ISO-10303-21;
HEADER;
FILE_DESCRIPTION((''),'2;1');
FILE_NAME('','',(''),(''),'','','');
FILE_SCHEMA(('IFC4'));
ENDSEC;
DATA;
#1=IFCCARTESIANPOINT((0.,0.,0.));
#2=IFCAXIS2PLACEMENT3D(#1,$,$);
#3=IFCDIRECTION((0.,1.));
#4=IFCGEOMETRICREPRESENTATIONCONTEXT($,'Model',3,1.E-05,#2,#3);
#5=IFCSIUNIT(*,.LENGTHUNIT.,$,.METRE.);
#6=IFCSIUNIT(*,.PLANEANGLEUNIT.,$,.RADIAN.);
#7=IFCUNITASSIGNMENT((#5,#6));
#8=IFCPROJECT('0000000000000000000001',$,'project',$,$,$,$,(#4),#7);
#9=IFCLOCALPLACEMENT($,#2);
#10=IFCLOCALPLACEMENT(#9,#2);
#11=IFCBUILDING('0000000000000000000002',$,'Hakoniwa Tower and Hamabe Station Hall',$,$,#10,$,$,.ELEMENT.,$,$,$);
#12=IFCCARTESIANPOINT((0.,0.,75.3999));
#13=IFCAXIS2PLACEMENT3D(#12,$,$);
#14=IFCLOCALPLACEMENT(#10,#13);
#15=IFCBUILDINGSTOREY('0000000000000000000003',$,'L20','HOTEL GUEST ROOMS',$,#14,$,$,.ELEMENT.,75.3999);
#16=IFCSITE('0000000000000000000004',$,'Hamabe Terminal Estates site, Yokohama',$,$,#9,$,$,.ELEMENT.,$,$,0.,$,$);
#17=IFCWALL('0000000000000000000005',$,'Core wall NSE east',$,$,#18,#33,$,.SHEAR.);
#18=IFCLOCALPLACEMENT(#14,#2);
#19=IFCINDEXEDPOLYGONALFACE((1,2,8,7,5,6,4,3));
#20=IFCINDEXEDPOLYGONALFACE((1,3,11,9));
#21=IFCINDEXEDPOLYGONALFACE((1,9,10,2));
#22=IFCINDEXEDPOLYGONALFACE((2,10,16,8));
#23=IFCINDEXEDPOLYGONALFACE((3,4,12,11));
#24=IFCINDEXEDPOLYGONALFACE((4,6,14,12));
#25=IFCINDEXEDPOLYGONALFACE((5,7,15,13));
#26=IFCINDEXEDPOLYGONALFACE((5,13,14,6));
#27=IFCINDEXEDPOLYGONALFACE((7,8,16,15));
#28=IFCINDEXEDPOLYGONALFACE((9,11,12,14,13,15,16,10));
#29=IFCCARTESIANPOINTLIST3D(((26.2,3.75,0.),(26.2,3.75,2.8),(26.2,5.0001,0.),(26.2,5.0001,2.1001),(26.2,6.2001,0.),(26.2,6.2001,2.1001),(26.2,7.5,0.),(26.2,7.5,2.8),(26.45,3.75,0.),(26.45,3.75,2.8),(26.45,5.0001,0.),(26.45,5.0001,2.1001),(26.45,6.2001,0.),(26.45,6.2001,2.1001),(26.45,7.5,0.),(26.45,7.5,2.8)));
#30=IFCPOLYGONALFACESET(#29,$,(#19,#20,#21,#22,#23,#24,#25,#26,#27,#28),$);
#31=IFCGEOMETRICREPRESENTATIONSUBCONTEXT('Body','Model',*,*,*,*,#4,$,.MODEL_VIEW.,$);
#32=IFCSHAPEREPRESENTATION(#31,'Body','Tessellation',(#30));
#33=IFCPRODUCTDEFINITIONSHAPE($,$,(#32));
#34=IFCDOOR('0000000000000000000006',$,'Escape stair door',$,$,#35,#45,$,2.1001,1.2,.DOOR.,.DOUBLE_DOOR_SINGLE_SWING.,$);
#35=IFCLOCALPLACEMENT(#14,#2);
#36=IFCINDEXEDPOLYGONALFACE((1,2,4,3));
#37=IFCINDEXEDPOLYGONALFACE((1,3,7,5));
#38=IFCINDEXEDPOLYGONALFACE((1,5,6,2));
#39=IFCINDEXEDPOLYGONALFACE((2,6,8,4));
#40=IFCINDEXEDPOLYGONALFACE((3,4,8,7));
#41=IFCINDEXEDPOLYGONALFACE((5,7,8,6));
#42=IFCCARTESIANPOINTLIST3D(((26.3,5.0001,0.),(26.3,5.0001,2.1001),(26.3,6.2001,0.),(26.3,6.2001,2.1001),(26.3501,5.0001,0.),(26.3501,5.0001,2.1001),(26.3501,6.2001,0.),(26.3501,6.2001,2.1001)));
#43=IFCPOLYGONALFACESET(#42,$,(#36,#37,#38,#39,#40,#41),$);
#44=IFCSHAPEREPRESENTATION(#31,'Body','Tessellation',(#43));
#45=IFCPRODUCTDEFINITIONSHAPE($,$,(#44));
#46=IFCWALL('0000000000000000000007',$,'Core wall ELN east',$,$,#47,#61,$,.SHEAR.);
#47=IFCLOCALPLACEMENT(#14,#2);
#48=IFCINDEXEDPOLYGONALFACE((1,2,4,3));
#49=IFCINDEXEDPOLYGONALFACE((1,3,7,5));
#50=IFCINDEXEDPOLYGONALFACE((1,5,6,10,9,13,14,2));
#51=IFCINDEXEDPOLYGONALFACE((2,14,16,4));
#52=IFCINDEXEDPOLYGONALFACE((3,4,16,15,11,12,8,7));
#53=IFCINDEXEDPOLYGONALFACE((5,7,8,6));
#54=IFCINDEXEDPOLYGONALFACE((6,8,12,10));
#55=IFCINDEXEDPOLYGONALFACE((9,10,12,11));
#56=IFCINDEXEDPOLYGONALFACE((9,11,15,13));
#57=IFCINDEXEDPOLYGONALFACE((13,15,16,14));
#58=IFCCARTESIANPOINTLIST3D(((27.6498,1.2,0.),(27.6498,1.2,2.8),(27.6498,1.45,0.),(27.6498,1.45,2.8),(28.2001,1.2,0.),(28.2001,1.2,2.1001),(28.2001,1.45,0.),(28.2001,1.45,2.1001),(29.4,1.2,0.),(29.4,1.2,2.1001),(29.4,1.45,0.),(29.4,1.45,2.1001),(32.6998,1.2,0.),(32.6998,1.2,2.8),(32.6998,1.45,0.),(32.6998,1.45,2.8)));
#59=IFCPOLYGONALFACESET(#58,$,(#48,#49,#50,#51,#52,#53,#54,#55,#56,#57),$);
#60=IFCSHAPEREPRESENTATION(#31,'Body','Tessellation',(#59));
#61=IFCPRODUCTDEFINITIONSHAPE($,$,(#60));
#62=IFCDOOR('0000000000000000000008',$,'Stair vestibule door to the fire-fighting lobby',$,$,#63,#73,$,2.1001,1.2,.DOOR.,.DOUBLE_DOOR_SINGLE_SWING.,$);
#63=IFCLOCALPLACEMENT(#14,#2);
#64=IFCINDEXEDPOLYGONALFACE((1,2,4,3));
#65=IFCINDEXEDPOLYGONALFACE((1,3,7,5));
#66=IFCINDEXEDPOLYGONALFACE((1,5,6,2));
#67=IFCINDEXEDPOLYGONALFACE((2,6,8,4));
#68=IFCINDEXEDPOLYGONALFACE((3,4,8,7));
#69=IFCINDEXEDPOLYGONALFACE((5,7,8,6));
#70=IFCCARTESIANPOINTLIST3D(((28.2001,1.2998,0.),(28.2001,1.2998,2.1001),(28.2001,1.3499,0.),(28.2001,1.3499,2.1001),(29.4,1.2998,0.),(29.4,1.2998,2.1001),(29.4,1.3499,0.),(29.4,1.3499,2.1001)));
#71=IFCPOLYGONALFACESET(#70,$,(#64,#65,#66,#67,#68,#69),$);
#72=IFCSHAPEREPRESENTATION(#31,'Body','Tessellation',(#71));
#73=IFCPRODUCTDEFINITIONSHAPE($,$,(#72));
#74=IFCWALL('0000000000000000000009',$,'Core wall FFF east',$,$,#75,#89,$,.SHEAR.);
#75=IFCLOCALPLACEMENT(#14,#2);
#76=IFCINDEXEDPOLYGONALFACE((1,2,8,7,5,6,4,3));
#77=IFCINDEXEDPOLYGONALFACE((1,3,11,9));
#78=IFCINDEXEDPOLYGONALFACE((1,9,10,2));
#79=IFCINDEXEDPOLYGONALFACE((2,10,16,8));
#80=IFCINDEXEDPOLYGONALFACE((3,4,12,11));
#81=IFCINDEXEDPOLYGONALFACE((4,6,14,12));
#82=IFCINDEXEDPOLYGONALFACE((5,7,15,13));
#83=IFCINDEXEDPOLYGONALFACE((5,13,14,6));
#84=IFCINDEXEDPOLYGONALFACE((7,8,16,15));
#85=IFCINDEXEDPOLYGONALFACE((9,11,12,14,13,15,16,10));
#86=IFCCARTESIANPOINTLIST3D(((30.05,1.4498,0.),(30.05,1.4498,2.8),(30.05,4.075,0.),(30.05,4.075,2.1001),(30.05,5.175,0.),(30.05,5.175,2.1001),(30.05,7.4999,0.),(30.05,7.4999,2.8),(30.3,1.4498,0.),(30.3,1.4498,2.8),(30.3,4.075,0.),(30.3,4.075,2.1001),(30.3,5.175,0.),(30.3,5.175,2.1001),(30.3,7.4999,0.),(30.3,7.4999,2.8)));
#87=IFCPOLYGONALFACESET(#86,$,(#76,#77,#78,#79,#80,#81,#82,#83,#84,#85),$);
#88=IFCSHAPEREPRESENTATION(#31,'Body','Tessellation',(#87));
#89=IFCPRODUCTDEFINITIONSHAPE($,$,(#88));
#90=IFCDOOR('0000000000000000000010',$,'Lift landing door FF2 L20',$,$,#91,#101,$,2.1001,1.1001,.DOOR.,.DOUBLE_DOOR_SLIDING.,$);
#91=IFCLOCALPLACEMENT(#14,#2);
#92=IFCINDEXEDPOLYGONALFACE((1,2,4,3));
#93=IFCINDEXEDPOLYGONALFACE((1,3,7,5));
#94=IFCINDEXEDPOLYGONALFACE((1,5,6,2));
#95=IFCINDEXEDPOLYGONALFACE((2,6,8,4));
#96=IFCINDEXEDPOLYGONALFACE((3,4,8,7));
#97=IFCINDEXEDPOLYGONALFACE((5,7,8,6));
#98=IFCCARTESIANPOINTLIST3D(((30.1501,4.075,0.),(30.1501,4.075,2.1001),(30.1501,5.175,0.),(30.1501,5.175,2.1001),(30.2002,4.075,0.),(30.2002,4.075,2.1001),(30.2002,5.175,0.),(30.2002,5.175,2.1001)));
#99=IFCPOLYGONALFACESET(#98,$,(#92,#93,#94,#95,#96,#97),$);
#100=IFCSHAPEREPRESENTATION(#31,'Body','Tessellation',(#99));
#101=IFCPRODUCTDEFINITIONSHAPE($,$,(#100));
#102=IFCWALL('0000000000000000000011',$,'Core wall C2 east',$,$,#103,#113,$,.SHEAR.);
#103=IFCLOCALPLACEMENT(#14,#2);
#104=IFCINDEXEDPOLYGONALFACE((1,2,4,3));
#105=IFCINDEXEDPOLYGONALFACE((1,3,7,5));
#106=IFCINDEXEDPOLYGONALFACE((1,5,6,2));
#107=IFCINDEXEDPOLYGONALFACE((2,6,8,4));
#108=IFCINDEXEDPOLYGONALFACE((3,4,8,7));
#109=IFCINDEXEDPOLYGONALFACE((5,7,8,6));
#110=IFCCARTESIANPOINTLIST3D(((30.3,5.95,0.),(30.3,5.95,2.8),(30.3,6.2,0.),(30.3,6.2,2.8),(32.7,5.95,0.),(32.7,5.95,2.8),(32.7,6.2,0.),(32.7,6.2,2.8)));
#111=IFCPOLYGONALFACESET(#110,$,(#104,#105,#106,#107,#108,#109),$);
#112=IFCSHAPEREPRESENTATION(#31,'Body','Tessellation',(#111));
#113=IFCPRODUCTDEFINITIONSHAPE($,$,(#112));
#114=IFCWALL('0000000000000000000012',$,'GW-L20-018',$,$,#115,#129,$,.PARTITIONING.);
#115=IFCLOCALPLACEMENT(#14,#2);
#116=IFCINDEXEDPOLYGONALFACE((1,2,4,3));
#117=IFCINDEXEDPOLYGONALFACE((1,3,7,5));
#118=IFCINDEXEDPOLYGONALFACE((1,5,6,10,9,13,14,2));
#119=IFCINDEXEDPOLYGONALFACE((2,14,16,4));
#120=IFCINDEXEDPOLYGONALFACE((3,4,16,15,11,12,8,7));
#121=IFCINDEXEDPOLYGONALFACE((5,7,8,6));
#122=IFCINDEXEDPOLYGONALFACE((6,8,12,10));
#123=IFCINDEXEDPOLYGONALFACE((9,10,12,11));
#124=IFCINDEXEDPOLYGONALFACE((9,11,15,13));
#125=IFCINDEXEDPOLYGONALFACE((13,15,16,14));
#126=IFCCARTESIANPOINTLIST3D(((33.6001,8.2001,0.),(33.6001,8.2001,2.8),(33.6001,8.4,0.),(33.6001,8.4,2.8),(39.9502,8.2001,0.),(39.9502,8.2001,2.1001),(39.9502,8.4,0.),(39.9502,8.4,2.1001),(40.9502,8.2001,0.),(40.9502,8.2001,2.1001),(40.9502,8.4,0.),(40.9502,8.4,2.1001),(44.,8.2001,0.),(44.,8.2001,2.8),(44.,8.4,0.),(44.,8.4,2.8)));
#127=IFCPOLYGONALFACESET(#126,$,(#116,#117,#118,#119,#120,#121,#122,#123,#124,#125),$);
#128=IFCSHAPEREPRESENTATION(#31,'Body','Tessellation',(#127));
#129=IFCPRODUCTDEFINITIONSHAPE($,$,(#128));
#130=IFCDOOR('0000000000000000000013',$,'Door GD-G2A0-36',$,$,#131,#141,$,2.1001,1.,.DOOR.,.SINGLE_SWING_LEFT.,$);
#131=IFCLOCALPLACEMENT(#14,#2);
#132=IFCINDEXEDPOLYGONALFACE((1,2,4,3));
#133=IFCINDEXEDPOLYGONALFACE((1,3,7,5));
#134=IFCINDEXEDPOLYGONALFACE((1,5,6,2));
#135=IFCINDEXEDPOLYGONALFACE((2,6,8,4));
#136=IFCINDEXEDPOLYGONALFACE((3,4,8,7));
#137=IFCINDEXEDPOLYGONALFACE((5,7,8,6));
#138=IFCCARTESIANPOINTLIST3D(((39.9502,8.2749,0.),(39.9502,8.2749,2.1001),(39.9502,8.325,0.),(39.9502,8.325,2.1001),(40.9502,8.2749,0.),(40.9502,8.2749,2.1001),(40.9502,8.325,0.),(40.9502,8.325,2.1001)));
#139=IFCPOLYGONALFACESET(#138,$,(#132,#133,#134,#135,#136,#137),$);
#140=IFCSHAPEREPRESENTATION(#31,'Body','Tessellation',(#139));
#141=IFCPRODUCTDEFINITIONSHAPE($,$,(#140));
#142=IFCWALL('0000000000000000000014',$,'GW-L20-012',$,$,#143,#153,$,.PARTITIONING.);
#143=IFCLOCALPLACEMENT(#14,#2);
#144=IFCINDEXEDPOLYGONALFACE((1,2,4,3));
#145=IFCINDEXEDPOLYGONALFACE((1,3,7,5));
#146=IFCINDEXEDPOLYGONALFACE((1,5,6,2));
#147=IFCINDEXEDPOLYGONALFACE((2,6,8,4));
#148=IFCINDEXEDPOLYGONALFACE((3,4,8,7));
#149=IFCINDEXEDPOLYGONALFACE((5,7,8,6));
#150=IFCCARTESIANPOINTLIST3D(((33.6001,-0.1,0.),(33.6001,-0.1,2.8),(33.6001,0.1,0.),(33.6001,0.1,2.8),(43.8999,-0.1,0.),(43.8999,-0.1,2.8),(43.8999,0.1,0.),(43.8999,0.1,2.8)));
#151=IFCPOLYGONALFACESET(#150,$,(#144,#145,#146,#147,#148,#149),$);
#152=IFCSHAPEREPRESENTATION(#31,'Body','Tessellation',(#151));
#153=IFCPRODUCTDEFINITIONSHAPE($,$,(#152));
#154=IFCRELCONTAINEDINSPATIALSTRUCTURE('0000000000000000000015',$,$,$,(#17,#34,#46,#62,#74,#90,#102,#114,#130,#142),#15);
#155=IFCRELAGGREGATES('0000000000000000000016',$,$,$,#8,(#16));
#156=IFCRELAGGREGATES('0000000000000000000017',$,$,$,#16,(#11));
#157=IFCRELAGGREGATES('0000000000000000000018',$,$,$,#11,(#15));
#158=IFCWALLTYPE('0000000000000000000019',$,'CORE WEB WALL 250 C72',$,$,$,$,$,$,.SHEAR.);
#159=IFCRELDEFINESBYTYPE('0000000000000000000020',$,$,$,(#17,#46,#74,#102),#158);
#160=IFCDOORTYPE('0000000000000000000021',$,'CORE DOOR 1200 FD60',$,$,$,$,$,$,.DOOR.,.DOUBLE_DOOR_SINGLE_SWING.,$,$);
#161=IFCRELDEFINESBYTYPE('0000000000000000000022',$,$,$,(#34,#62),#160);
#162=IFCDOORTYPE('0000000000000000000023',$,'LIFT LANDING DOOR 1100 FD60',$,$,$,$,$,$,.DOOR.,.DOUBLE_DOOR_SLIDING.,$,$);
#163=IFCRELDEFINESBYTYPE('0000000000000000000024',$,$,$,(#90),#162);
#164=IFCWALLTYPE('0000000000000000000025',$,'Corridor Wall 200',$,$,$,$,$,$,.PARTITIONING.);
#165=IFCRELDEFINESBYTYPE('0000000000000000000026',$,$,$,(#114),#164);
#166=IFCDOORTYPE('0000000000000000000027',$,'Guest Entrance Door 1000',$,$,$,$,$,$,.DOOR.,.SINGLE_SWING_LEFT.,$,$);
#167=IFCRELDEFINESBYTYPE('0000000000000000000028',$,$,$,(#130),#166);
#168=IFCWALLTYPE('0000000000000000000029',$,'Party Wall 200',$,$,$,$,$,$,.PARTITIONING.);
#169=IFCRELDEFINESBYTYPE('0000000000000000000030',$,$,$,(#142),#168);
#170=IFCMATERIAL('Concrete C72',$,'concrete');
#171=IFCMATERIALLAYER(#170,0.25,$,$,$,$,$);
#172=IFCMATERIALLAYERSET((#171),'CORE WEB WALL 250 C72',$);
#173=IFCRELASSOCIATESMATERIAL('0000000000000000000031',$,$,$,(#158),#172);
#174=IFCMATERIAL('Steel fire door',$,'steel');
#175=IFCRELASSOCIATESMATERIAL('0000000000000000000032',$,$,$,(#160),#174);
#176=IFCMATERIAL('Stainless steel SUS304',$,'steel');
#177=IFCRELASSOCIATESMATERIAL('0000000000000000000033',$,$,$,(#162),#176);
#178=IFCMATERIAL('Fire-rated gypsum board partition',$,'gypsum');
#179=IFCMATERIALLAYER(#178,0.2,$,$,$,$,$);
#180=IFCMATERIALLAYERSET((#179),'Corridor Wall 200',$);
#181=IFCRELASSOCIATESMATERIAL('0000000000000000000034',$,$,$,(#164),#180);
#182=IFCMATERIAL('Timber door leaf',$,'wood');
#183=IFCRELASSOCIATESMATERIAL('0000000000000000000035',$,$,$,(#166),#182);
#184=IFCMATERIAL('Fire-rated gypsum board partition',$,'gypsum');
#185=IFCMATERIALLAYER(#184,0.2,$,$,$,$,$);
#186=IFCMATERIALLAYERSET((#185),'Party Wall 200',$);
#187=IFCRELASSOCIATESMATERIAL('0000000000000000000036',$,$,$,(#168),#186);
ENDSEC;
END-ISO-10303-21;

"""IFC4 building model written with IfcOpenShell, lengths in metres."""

from ifc_helpers import new_model, si_unit, direction, frame, frame_2d, origin, place, context, subcontext, project, spatial, rectangle, extrude, material, layer, layer_set, type_object, element, fill, save


model = new_model("IFC4")

# Units and contexts
model_context = context("Model", 3, precision=1e-05, world=origin(), true_north=direction((0.0, 1.0)))
body_context = subcontext(model_context, "Body", "Model", "MODEL_VIEW")
ifc_project = project(units=[si_unit("LENGTHUNIT", "METRE"), si_unit("PLANEANGLEUNIT", "RADIAN")], contexts=[model_context])

# Site, building, storey
site_placement = place(None, origin())
site = spatial("IfcSite", under=ifc_project, at=site_placement, Name="Hamabe Terminal Estates site, Yokohama", CompositionType="ELEMENT", RefElevation=0.0)
building_placement = place(site_placement, origin())
building = spatial("IfcBuilding", under=site, at=building_placement, Name="Hakoniwa Tower and Hamabe Station Hall", CompositionType="ELEMENT")
storey_placement = place(building_placement, frame((0.0, 0.0, 75.3999)))
storey = spatial("IfcBuildingStorey", under=building, at=storey_placement, Name="L20", Description="HOTEL GUEST ROOMS", CompositionType="ELEMENT", Elevation=75.3999)

# Shared definitions
ifc_material_1 = material(Name="Concrete C72", Category="concrete")
ifc_layer_1 = layer(ifc_material_1, 0.25)
ifc_layer_set_1 = layer_set([ifc_layer_1], Name="CORE WEB WALL 250 C72")
wall_type_1 = type_object("IfcWallType", Name="CORE WEB WALL 250 C72", PredefinedType="SHEAR", material=ifc_layer_set_1)

# Walls, openings, doors
wall_1_placement = place(storey_placement, frame((26.325, 3.75, 0.0), z_axis=(0.0, 0.0, 1.0), x_axis=(0.0, 1.0, 0.0)))
wall_1 = element("IfcWall", 1, at=wall_1_placement, inside=storey, type_object=wall_type_1, Name="Core wall NSE east", PredefinedType="SHEAR", context=body_context, shape_type="SweptSolid", body=[
    extrude(rectangle(XDim=3.75, YDim=0.25, at=frame_2d((1.875, 0.0))), origin(), (0.0, 0.0, 1.0), 2.8),
])
opening_1_placement = place(wall_1_placement, frame((1.25, 0.0, 0.0)))
opening_1 = element("IfcOpeningElement", 2, at=opening_1_placement, cuts=wall_1, PredefinedType="OPENING", context=body_context, shape_type="SweptSolid", body=[
    extrude(rectangle(XDim=1.2, YDim=2.1001, at=frame_2d((0.6001, 1.05))), frame((0.0, 0.135, 0.0), z_axis=(0.0, -1.0, 0.0), x_axis=(1.0, 0.0, 0.0)), (0.0, 0.0, 1.0), 0.27),
])
ifc_material_2 = material(Name="Steel fire door", Category="steel")
door_type_1 = type_object("IfcDoorType", Name="CORE DOOR 1200 FD60", OperationType="DOUBLE_DOOR_SINGLE_SWING", PredefinedType="DOOR", material=ifc_material_2)
door_1_placement = place(opening_1_placement, origin())
door_1 = element("IfcDoor", 3, at=door_1_placement, inside=storey, type_object=door_type_1, Name="Escape stair door", OperationType="DOUBLE_DOOR_SINGLE_SWING", OverallHeight=2.1001, OverallWidth=1.2, PredefinedType="DOOR", context=body_context, shape_type="SweptSolid", body=[
    extrude(rectangle(XDim=1.2, YDim=2.1001, at=frame_2d((0.6001, 1.05))), frame((0.0, 0.0249, 0.0), z_axis=(0.0, -1.0, 0.0), x_axis=(1.0, 0.0, 0.0)), (0.0, 0.0, 1.0), 0.05),
])
fill(opening_1, door_1)
wall_2_placement = place(storey_placement, frame((27.6499, 1.325, 0.0), z_axis=(0.0, 0.0, 1.0), x_axis=(1.0, 0.0, 0.0)))
wall_2 = element("IfcWall", 4, at=wall_2_placement, inside=storey, type_object=wall_type_1, Name="Core wall ELN east", PredefinedType="SHEAR", context=body_context, shape_type="SweptSolid", body=[
    extrude(rectangle(XDim=5.05, YDim=0.25, at=frame_2d((2.5249, 0.0))), origin(), (0.0, 0.0, 1.0), 2.8),
])
opening_2_placement = place(wall_2_placement, frame((0.55, 0.0, 0.0)))
opening_2 = element("IfcOpeningElement", 5, at=opening_2_placement, cuts=wall_2, PredefinedType="OPENING", context=body_context, shape_type="SweptSolid", body=[
    extrude(rectangle(XDim=1.2, YDim=2.1001, at=frame_2d((0.6001, 1.05))), frame((0.0, 0.135, 0.0), z_axis=(0.0, -1.0, 0.0), x_axis=(1.0, 0.0, 0.0)), (0.0, 0.0, 1.0), 0.27),
])
door_2_placement = place(opening_2_placement, origin())
door_2 = element("IfcDoor", 6, at=door_2_placement, inside=storey, type_object=door_type_1, Name="Stair vestibule door to the fire-fighting lobby", OperationType="DOUBLE_DOOR_SINGLE_SWING", OverallHeight=2.1001, OverallWidth=1.2, PredefinedType="DOOR", context=body_context, shape_type="SweptSolid", body=[
    extrude(rectangle(XDim=1.2, YDim=2.1001, at=frame_2d((0.6001, 1.05))), frame((0.0, 0.0249, 0.0), z_axis=(0.0, -1.0, 0.0), x_axis=(1.0, 0.0, 0.0)), (0.0, 0.0, 1.0), 0.05),
])
fill(opening_2, door_2)
wall_3_placement = place(storey_placement, frame((30.175, 1.45, 0.0), z_axis=(0.0, 0.0, 1.0), x_axis=(0.0, 1.0, 0.0)))
wall_3 = element("IfcWall", 7, at=wall_3_placement, inside=storey, type_object=wall_type_1, Name="Core wall FFF east", PredefinedType="SHEAR", context=body_context, shape_type="SweptSolid", body=[
    extrude(rectangle(XDim=6.05, YDim=0.25, at=frame_2d((3.0249, 0.0))), origin(), (0.0, 0.0, 1.0), 2.8),
])
opening_3_placement = place(wall_3_placement, frame((2.625, 0.0, 0.0)))
opening_3 = element("IfcOpeningElement", 8, at=opening_3_placement, cuts=wall_3, PredefinedType="OPENING", context=body_context, shape_type="SweptSolid", body=[
    extrude(rectangle(XDim=1.1001, YDim=2.1001, at=frame_2d((0.55, 1.05))), frame((0.0, 0.135, 0.0), z_axis=(0.0, -1.0, 0.0), x_axis=(1.0, 0.0, 0.0)), (0.0, 0.0, 1.0), 0.27),
])
ifc_material_3 = material(Name="Stainless steel SUS304", Category="steel")
door_type_2 = type_object("IfcDoorType", Name="LIFT LANDING DOOR 1100 FD60", OperationType="DOUBLE_DOOR_SLIDING", PredefinedType="DOOR", material=ifc_material_3)
door_3_placement = place(opening_3_placement, origin())
door_3 = element("IfcDoor", 9, at=door_3_placement, inside=storey, type_object=door_type_2, Name="Lift landing door FF2 L20", OperationType="DOUBLE_DOOR_SLIDING", OverallHeight=2.1001, OverallWidth=1.1001, PredefinedType="DOOR", context=body_context, shape_type="SweptSolid", body=[
    extrude(rectangle(XDim=1.1001, YDim=2.1001, at=frame_2d((0.55, 1.05))), frame((0.0, 0.0249, 0.0), z_axis=(0.0, -1.0, 0.0), x_axis=(1.0, 0.0, 0.0)), (0.0, 0.0, 1.0), 0.05),
])
fill(opening_3, door_3)

# Wall
wall_4_placement = place(storey_placement, frame((30.3, 6.075, 0.0), z_axis=(0.0, 0.0, 1.0), x_axis=(1.0, 0.0, 0.0)))
element("IfcWall", 10, at=wall_4_placement, inside=storey, type_object=wall_type_1, Name="Core wall C2 east", PredefinedType="SHEAR", context=body_context, shape_type="SweptSolid", body=[
    extrude(rectangle(XDim=2.3999, YDim=0.25, at=frame_2d((1.2, 0.0))), origin(), (0.0, 0.0, 1.0), 2.8),
])

# Wall, opening, door
ifc_material_4 = material(Name="Fire-rated gypsum board partition", Category="gypsum")
ifc_layer_2 = layer(ifc_material_4, 0.2)
ifc_layer_set_2 = layer_set([ifc_layer_2], Name="Corridor Wall 200")
wall_type_2 = type_object("IfcWallType", Name="Corridor Wall 200", PredefinedType="PARTITIONING", material=ifc_layer_set_2)
wall_5_placement = place(storey_placement, frame((33.6001, 8.3, 0.0), z_axis=(0.0, 0.0, 1.0), x_axis=(1.0, 0.0, 0.0)))
wall_5 = element("IfcWall", 11, at=wall_5_placement, inside=storey, type_object=wall_type_2, Name="GW-L20-018", PredefinedType="PARTITIONING", context=body_context, shape_type="SweptSolid", body=[
    extrude(rectangle(XDim=10.3999, YDim=0.2, at=frame_2d((5.2, 0.0))), origin(), (0.0, 0.0, 1.0), 2.8),
])
opening_4_placement = place(wall_5_placement, frame((6.3501, 0.0, 0.0)))
opening_4 = element("IfcOpeningElement", 12, at=opening_4_placement, cuts=wall_5, PredefinedType="OPENING", context=body_context, shape_type="SweptSolid", body=[
    extrude(rectangle(XDim=1.0, YDim=2.1001, at=frame_2d((0.5, 1.05))), frame((0.0, 0.1099, 0.0), z_axis=(0.0, -1.0, 0.0), x_axis=(1.0, 0.0, 0.0)), (0.0, 0.0, 1.0), 0.22),
])
ifc_material_5 = material(Name="Timber door leaf", Category="wood")
door_type_3 = type_object("IfcDoorType", Name="Guest Entrance Door 1000", OperationType="SINGLE_SWING_LEFT", PredefinedType="DOOR", material=ifc_material_5)
door_4_placement = place(opening_4_placement, origin())
door_4 = element("IfcDoor", 13, at=door_4_placement, inside=storey, type_object=door_type_3, Name="Door GD-G2A0-36", OperationType="SINGLE_SWING_LEFT", OverallHeight=2.1001, OverallWidth=1.0, PredefinedType="DOOR", context=body_context, shape_type="SweptSolid", body=[
    extrude(rectangle(XDim=1.0, YDim=2.1001, at=frame_2d((0.5, 1.05))), frame((0.0, 0.0249, 0.0), z_axis=(0.0, -1.0, 0.0), x_axis=(1.0, 0.0, 0.0)), (0.0, 0.0, 1.0), 0.05),
])
fill(opening_4, door_4)

# Wall
ifc_material_6 = material(Name="Fire-rated gypsum board partition", Category="gypsum")
ifc_layer_3 = layer(ifc_material_6, 0.2)
ifc_layer_set_3 = layer_set([ifc_layer_3], Name="Party Wall 200")
wall_type_3 = type_object("IfcWallType", Name="Party Wall 200", PredefinedType="PARTITIONING", material=ifc_layer_set_3)
wall_6_placement = place(storey_placement, frame((33.6001, 0.0, 0.0), z_axis=(0.0, 0.0, 1.0), x_axis=(1.0, 0.0, 0.0)))
element("IfcWall", 14, at=wall_6_placement, inside=storey, type_object=wall_type_3, Name="GW-L20-012", PredefinedType="PARTITIONING", context=body_context, shape_type="SweptSolid", body=[
    extrude(rectangle(XDim=10.2998, YDim=0.2, at=frame_2d((5.1499, 0.0))), origin(), (0.0, 0.0, 1.0), 2.8),
])

save(model, "model.ifc")
